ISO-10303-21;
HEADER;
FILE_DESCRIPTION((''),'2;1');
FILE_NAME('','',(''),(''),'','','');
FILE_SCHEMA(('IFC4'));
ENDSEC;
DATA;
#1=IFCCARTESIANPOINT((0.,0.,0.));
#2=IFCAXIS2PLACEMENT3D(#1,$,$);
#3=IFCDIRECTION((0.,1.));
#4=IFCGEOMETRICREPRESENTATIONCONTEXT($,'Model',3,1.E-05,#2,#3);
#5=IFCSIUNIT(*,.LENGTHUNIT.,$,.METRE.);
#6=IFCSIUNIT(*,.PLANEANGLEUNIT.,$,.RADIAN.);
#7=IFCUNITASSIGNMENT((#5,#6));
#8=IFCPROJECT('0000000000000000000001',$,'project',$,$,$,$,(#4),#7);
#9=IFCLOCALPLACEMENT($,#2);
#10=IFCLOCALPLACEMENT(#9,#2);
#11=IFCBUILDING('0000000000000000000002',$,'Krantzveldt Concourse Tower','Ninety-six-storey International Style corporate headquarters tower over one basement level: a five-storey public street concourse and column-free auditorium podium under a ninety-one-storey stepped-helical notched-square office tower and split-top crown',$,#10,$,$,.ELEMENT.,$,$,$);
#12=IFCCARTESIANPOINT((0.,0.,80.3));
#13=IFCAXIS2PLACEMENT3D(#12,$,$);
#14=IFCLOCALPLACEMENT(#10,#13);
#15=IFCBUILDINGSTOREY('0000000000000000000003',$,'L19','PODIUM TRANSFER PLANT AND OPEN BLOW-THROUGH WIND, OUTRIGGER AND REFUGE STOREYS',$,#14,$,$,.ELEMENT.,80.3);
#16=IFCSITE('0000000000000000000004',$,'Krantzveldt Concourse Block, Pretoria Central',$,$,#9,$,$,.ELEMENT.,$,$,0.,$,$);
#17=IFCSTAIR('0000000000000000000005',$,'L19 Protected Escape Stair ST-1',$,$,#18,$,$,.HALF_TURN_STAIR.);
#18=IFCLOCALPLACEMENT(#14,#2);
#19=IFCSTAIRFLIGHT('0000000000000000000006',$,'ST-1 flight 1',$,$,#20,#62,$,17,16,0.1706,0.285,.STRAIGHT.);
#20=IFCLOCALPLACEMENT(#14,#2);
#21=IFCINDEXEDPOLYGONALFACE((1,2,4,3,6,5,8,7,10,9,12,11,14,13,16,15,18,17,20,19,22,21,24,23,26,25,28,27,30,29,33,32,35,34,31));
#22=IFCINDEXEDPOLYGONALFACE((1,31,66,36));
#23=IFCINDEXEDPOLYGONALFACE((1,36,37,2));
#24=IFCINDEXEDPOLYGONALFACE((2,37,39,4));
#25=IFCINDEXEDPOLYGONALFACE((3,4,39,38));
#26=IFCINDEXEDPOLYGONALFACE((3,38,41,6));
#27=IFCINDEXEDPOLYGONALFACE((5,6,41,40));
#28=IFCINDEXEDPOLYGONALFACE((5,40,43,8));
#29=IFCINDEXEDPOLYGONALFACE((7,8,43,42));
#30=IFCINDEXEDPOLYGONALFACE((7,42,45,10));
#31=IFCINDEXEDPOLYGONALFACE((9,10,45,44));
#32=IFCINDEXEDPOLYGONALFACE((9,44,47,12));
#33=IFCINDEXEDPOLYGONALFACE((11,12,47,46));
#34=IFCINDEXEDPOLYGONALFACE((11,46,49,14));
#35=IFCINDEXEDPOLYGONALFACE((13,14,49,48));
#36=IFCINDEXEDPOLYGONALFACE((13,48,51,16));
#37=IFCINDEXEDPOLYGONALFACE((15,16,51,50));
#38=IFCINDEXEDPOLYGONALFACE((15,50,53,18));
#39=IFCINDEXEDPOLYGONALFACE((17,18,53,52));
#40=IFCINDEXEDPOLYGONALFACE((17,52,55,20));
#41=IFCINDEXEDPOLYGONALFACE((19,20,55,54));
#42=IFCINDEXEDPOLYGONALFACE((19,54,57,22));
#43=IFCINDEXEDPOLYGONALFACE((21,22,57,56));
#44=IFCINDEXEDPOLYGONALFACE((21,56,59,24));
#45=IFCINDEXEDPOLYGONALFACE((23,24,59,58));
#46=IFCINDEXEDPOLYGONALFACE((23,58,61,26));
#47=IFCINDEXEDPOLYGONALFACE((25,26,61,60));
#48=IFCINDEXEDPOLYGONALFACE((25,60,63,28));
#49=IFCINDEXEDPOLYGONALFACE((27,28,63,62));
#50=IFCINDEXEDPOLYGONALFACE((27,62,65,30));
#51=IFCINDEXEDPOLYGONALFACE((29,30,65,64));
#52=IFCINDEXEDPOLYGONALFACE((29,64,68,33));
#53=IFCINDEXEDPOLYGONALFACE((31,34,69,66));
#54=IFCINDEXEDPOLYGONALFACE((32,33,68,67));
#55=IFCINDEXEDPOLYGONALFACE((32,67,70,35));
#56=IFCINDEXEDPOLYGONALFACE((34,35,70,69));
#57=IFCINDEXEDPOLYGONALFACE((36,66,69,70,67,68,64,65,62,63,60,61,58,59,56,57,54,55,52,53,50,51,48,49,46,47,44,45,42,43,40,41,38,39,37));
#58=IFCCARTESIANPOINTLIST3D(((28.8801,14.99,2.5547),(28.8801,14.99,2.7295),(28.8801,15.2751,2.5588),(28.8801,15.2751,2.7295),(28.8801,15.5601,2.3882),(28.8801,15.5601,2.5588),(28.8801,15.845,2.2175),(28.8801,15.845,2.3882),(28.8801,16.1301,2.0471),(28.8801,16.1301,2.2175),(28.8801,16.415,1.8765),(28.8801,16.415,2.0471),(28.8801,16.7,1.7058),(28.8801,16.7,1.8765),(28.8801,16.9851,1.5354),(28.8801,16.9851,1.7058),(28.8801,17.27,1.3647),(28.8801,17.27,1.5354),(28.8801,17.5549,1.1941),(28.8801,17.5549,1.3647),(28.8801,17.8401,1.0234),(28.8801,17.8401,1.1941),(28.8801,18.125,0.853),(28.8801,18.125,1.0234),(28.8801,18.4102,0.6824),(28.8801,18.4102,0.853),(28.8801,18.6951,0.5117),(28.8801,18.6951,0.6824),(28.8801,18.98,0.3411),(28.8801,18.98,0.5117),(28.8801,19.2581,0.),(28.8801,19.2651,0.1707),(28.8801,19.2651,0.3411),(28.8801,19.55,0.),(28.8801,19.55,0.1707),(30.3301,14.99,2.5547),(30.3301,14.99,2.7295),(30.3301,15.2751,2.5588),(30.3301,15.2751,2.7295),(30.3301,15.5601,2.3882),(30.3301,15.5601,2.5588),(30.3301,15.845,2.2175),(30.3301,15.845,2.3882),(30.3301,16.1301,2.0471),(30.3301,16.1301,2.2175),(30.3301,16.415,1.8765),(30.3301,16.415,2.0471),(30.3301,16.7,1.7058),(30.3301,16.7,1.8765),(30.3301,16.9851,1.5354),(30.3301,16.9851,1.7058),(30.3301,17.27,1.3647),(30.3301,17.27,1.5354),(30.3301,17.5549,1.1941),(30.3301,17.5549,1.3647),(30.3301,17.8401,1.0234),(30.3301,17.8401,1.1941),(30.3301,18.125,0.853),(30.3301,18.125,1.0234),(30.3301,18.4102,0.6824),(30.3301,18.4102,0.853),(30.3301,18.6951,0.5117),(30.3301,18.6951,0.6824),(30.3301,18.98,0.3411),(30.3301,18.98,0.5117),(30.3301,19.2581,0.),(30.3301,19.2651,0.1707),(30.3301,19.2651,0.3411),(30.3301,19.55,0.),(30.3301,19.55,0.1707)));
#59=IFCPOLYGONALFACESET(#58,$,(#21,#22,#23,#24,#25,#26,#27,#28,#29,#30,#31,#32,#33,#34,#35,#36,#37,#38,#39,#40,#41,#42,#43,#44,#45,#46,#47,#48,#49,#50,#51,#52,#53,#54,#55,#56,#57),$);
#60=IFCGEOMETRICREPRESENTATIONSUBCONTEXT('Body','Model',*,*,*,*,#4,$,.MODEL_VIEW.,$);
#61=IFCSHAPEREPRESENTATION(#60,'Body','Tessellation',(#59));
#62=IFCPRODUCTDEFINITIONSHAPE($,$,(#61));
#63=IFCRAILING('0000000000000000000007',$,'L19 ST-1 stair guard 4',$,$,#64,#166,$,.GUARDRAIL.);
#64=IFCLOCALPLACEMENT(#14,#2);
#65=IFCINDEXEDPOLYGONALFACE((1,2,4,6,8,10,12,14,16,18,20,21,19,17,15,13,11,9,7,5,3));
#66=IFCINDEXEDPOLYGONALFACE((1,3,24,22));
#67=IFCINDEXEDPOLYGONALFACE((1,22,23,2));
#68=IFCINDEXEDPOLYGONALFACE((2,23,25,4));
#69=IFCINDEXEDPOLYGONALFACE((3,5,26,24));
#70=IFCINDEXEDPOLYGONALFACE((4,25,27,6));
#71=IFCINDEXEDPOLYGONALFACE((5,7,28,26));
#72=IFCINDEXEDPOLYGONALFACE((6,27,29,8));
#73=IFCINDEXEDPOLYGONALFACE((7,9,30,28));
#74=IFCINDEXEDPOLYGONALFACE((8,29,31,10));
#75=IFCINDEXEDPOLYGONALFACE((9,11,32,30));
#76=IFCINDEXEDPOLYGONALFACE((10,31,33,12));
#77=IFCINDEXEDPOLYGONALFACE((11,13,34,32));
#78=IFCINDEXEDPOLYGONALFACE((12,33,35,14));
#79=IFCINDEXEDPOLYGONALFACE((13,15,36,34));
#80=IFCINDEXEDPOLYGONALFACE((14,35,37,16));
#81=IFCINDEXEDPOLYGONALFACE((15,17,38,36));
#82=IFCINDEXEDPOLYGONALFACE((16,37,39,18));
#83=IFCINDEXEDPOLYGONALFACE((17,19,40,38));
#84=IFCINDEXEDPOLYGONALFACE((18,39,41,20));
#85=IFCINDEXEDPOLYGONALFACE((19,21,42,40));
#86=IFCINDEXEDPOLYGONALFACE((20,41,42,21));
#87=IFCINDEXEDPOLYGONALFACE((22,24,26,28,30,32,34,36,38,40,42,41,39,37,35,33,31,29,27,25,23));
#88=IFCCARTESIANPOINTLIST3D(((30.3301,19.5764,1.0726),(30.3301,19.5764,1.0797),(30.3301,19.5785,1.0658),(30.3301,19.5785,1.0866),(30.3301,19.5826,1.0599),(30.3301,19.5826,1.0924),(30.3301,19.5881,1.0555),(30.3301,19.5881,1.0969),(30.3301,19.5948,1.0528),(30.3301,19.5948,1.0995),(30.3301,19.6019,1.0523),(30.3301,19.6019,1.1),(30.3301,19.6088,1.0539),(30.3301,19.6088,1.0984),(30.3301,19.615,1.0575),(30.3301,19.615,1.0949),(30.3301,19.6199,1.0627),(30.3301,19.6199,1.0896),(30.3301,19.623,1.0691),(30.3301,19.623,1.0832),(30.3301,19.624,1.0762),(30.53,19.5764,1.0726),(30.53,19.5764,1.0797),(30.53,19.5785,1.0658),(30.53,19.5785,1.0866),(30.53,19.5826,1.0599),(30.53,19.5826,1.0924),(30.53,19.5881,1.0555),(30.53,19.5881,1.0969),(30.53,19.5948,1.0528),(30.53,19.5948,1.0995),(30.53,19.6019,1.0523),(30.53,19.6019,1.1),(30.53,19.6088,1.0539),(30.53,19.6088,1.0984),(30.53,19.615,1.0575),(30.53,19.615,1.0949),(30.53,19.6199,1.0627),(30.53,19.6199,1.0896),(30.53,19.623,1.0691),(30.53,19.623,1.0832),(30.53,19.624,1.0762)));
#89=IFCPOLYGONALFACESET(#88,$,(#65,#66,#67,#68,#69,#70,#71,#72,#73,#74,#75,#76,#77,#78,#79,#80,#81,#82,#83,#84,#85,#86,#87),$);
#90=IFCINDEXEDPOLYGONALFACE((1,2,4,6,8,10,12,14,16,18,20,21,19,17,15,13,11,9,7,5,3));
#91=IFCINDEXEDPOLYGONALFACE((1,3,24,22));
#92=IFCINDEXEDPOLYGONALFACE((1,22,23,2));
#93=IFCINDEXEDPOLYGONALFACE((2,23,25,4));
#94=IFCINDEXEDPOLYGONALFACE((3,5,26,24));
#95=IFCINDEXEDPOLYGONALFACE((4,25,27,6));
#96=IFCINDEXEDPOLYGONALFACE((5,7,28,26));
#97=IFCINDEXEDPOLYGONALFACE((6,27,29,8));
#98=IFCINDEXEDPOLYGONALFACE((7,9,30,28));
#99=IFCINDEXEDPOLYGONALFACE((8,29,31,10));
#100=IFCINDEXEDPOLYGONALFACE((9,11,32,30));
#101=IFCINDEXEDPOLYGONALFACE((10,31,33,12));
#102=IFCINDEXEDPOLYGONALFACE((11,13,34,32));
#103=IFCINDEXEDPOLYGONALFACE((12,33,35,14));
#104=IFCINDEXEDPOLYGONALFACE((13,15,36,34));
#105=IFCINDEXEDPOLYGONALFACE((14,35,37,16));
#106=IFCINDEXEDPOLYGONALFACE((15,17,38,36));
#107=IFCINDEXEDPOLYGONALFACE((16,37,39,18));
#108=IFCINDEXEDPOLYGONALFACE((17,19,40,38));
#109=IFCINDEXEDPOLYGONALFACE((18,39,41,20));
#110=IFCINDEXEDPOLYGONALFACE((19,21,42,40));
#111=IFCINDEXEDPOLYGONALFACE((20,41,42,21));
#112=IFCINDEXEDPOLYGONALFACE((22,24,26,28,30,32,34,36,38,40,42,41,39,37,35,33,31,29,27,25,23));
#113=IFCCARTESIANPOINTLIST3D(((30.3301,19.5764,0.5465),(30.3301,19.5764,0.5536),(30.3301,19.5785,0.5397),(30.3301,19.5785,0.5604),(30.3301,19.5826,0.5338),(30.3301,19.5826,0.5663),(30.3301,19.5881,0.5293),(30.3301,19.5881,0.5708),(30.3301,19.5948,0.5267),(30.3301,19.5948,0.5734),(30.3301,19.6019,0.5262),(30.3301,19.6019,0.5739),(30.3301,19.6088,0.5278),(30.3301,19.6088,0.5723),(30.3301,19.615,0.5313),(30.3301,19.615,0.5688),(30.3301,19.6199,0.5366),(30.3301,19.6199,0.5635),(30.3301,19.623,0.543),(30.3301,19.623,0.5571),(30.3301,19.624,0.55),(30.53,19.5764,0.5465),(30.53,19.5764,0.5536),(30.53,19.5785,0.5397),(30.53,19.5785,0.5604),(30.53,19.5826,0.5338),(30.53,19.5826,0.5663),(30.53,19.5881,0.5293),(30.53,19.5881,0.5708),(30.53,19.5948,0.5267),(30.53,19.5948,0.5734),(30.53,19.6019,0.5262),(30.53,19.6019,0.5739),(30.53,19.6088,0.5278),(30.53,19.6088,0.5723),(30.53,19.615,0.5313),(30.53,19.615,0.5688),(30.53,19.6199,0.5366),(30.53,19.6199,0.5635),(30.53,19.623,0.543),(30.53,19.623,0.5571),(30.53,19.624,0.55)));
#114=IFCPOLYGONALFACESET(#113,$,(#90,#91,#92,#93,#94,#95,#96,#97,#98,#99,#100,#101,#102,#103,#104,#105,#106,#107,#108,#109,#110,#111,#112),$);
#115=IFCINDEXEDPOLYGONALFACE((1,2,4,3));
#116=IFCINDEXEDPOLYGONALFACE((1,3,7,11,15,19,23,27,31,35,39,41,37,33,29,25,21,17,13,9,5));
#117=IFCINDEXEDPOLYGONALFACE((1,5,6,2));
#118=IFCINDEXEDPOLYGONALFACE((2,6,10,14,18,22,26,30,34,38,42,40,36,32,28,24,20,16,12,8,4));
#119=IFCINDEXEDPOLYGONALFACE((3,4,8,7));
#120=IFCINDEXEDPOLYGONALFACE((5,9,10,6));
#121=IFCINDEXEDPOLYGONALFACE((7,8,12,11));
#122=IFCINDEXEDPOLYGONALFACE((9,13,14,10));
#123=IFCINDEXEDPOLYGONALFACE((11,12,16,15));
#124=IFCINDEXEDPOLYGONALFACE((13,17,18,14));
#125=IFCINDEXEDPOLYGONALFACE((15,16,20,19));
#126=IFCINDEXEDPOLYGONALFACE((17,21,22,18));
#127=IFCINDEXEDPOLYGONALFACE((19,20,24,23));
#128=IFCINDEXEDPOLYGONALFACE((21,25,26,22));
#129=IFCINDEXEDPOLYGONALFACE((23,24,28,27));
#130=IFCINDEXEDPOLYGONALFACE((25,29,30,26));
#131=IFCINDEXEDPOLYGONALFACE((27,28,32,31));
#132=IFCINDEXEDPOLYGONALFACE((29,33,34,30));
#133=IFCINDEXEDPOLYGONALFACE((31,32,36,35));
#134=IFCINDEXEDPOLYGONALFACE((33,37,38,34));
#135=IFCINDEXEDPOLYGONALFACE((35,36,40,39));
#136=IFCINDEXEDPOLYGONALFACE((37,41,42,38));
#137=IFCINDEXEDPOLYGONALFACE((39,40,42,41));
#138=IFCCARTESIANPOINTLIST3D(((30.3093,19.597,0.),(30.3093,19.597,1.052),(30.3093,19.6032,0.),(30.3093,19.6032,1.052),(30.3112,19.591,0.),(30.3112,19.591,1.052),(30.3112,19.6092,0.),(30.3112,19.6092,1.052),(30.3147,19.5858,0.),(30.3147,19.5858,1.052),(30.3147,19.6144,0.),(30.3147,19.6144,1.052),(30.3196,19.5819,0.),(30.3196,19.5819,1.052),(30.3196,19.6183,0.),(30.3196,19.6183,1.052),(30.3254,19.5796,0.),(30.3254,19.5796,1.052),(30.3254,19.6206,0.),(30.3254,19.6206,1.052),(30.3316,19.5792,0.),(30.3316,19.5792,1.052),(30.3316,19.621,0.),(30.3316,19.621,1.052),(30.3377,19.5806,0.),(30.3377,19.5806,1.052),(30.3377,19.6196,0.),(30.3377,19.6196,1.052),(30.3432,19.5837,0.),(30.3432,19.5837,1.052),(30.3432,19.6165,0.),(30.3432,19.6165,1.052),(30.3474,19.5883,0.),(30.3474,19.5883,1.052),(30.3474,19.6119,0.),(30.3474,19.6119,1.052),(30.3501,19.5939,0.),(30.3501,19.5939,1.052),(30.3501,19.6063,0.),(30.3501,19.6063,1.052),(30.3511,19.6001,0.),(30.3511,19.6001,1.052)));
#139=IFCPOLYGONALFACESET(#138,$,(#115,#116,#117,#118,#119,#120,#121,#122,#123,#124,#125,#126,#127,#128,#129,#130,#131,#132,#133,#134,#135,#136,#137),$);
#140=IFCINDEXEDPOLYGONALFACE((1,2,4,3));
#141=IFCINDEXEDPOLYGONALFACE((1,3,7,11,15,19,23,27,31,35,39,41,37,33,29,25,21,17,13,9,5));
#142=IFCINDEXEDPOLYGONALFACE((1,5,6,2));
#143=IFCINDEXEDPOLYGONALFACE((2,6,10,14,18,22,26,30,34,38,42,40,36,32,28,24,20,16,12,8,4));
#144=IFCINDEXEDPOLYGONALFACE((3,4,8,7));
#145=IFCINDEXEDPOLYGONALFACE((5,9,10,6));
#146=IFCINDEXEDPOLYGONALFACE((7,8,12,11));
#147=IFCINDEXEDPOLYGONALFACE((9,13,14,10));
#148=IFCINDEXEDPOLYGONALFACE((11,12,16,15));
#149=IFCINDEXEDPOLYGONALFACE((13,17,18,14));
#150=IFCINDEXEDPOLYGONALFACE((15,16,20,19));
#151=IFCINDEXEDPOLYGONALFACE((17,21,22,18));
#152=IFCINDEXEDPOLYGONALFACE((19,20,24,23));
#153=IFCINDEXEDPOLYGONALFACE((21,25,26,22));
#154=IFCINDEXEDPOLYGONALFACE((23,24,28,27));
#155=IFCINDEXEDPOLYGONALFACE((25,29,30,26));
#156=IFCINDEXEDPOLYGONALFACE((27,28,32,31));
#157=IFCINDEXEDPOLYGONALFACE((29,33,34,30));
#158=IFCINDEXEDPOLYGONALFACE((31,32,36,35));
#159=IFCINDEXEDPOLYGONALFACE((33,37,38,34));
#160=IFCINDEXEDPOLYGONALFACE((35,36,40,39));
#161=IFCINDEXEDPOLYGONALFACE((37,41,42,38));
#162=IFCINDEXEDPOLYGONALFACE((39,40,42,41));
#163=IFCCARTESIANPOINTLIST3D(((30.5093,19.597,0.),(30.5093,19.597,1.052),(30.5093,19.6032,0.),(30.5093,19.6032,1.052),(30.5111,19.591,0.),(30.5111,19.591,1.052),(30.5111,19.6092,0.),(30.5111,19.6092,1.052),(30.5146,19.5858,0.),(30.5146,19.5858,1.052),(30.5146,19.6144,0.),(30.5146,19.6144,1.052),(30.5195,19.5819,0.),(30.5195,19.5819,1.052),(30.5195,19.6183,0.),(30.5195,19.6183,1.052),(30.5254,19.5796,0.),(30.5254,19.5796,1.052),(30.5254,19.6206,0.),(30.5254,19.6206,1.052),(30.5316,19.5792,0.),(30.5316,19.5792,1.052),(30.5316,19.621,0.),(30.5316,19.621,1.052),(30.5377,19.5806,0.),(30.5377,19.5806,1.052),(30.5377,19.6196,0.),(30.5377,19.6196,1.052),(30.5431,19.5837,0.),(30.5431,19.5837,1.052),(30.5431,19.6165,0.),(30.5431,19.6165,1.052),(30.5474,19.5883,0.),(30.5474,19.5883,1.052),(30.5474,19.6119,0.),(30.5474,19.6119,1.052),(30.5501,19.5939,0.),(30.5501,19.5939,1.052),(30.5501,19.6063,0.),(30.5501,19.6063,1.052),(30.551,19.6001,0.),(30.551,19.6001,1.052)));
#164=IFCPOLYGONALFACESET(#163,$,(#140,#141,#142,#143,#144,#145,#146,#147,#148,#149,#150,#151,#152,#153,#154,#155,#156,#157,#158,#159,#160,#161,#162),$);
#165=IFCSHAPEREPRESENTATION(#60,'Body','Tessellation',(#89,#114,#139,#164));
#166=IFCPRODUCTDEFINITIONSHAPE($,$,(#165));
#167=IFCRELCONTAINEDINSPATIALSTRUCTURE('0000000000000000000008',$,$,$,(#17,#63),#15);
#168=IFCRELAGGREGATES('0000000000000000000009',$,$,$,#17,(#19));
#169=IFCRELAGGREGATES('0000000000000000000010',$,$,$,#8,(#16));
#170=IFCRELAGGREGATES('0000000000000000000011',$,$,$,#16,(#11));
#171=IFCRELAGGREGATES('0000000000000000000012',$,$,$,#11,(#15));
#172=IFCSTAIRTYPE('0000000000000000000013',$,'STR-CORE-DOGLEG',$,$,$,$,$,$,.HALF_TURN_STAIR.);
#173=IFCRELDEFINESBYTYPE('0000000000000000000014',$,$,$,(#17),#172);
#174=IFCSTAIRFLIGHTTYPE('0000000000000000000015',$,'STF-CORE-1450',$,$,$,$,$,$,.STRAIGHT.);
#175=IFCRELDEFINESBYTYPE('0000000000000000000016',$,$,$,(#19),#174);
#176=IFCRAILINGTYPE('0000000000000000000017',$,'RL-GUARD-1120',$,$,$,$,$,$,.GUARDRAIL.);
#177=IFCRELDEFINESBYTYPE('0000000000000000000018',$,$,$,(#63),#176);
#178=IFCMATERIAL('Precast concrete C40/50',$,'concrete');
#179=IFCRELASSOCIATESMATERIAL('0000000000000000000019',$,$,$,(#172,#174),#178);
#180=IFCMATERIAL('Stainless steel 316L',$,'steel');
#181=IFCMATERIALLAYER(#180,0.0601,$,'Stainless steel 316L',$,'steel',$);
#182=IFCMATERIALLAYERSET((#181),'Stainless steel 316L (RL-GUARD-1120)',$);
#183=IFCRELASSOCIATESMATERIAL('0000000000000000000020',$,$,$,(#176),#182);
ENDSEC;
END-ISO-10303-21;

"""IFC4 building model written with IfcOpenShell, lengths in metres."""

from ifc_helpers import new_model, si_unit, direction, frame, origin, origin_2d, place, context, subcontext, project, spatial, polyline, circle, outline, extrude, material, layer, layer_set, type_object, element, aggregate, save


model = new_model("IFC4")

# Units and contexts
model_context = context("Model", 3, precision=1e-05, world=origin(), true_north=direction((0.0, 1.0)))
body_context = subcontext(model_context, "Body", "Model", "MODEL_VIEW")
ifc_project = project(units=[si_unit("LENGTHUNIT", "METRE"), si_unit("PLANEANGLEUNIT", "RADIAN")], contexts=[model_context])

# Site, building, storey
site_placement = place(None, origin())
site = spatial("IfcSite", under=ifc_project, at=site_placement, Name="Krantzveldt Concourse Block, Pretoria Central", CompositionType="ELEMENT", RefElevation=0.0)
building_placement = place(site_placement, origin())
building = spatial("IfcBuilding", under=site, at=building_placement, Name="Krantzveldt Concourse Tower", Description="Ninety-six-storey International Style corporate headquarters tower over one basement level: a five-storey public street concourse and column-free auditorium podium under a ninety-one-storey stepped-helical notched-square office tower and split-top crown", CompositionType="ELEMENT")
storey_placement = place(building_placement, frame((0.0, 0.0, 80.3)))
storey = spatial("IfcBuildingStorey", under=building, at=storey_placement, Name="L19", Description="PODIUM TRANSFER PLANT AND OPEN BLOW-THROUGH WIND, OUTRIGGER AND REFUGE STOREYS", CompositionType="ELEMENT", Elevation=80.3)

# Stair, stair flight
ifc_material_1 = material(Name="Precast concrete C40/50", Category="concrete")
stair_type = type_object("IfcStairType", Name="STR-CORE-DOGLEG", PredefinedType="HALF_TURN_STAIR", material=ifc_material_1)
stair_placement = place(storey_placement, origin())
stair = element("IfcStair", 1, at=stair_placement, inside=storey, type_object=stair_type, Name="L19 Protected Escape Stair ST-1", PredefinedType="HALF_TURN_STAIR")
stair_flight_type = type_object("IfcStairFlightType", Name="STF-CORE-1450", PredefinedType="STRAIGHT", material=ifc_material_1)
stair_flight_placement = place(storey_placement, frame((29.605, 19.55, 0.0), z_axis=(0.0, 0.0, 1.0), x_axis=(0.0, -1.0, 0.0)))
stair_flight = element("IfcStairFlight", 2, at=stair_flight_placement, type_object=stair_flight_type, Name="ST-1 flight 1", NumberOfRisers=17, NumberOfTreads=16, PredefinedType="STRAIGHT", RiserHeight=0.1706, TreadLength=0.285, context=body_context, shape_type="SweptSolid", body=[
    extrude(outline(polyline([(0.0, 0.0), (0.0, 0.1707), (0.2849, 0.1707), (0.2849, 0.3411), (0.5701, 0.3411), (0.5701, 0.5117), (0.855, 0.5117), (0.855, 0.6824), (1.1399, 0.6824), (1.1399, 0.853), (1.425, 0.853), (1.425, 1.0234), (1.71, 1.0234), (1.71, 1.1941), (1.9951, 1.1941), (1.9951, 1.3647), (2.28, 1.3647), (2.28, 1.5354), (2.5649, 1.5354), (2.5649, 1.7058), (2.8501, 1.7058), (2.8501, 1.8765), (3.135, 1.8765), (3.135, 2.0471), (3.4199, 2.0471), (3.4199, 2.2175), (3.7051, 2.2175), (3.7051, 2.3882), (3.99, 2.3882), (3.99, 2.5588), (4.2749, 2.5588), (4.2749, 2.7295), (4.5601, 2.7295), (4.5601, 2.8999), (4.5601, 2.5547), (0.292, 0.0), (0.0, 0.0)])), frame((0.0, 0.7251, 0.0), z_axis=(0.0, -1.0, 0.0), x_axis=(1.0, 0.0, 0.0)), (0.0, 0.0, 1.0), 1.45),
])
aggregate(stair, [stair_flight])

# Railing
ifc_material_2 = material(Name="Stainless steel 316L", Category="steel")
ifc_layer_1 = layer(ifc_material_2, 0.0601, Name="Stainless steel 316L", Category="steel")
ifc_layer_set_1 = layer_set([ifc_layer_1], Name="Stainless steel 316L (RL-GUARD-1120)")
railing_type_1 = type_object("IfcRailingType", Name="RL-GUARD-1120", PredefinedType="GUARDRAIL", material=ifc_layer_set_1)
railing_1_placement = place(storey_placement, frame((30.3301, 19.6001, 0.0)))
element("IfcRailing", 3, at=railing_1_placement, inside=storey, type_object=railing_type_1, Name="L19 ST-1 stair guard 4", PredefinedType="GUARDRAIL", context=body_context, shape_type="SweptSolid", body=[
    extrude(circle(Radius=0.0239, at=origin_2d()), frame((0.0, 0.0, 1.0762), z_axis=(1.0, 0.0, 0.0), x_axis=(0.0, 1.0, 0.0)), (0.0, 0.0, 1.0), 0.2),
    extrude(circle(Radius=0.0239, at=origin_2d()), frame((0.0, 0.0, 0.55), z_axis=(1.0, 0.0, 0.0), x_axis=(0.0, 1.0, 0.0)), (0.0, 0.0, 1.0), 0.2),
    extrude(circle(Radius=0.021, at=origin_2d()), origin(), (0.0, 0.0, 1.0), 1.052),
    extrude(circle(Radius=0.021, at=origin_2d()), frame((0.2, 0.0, 0.0)), (0.0, 0.0, 1.0), 1.052),
])

save(model, "model.ifc")
